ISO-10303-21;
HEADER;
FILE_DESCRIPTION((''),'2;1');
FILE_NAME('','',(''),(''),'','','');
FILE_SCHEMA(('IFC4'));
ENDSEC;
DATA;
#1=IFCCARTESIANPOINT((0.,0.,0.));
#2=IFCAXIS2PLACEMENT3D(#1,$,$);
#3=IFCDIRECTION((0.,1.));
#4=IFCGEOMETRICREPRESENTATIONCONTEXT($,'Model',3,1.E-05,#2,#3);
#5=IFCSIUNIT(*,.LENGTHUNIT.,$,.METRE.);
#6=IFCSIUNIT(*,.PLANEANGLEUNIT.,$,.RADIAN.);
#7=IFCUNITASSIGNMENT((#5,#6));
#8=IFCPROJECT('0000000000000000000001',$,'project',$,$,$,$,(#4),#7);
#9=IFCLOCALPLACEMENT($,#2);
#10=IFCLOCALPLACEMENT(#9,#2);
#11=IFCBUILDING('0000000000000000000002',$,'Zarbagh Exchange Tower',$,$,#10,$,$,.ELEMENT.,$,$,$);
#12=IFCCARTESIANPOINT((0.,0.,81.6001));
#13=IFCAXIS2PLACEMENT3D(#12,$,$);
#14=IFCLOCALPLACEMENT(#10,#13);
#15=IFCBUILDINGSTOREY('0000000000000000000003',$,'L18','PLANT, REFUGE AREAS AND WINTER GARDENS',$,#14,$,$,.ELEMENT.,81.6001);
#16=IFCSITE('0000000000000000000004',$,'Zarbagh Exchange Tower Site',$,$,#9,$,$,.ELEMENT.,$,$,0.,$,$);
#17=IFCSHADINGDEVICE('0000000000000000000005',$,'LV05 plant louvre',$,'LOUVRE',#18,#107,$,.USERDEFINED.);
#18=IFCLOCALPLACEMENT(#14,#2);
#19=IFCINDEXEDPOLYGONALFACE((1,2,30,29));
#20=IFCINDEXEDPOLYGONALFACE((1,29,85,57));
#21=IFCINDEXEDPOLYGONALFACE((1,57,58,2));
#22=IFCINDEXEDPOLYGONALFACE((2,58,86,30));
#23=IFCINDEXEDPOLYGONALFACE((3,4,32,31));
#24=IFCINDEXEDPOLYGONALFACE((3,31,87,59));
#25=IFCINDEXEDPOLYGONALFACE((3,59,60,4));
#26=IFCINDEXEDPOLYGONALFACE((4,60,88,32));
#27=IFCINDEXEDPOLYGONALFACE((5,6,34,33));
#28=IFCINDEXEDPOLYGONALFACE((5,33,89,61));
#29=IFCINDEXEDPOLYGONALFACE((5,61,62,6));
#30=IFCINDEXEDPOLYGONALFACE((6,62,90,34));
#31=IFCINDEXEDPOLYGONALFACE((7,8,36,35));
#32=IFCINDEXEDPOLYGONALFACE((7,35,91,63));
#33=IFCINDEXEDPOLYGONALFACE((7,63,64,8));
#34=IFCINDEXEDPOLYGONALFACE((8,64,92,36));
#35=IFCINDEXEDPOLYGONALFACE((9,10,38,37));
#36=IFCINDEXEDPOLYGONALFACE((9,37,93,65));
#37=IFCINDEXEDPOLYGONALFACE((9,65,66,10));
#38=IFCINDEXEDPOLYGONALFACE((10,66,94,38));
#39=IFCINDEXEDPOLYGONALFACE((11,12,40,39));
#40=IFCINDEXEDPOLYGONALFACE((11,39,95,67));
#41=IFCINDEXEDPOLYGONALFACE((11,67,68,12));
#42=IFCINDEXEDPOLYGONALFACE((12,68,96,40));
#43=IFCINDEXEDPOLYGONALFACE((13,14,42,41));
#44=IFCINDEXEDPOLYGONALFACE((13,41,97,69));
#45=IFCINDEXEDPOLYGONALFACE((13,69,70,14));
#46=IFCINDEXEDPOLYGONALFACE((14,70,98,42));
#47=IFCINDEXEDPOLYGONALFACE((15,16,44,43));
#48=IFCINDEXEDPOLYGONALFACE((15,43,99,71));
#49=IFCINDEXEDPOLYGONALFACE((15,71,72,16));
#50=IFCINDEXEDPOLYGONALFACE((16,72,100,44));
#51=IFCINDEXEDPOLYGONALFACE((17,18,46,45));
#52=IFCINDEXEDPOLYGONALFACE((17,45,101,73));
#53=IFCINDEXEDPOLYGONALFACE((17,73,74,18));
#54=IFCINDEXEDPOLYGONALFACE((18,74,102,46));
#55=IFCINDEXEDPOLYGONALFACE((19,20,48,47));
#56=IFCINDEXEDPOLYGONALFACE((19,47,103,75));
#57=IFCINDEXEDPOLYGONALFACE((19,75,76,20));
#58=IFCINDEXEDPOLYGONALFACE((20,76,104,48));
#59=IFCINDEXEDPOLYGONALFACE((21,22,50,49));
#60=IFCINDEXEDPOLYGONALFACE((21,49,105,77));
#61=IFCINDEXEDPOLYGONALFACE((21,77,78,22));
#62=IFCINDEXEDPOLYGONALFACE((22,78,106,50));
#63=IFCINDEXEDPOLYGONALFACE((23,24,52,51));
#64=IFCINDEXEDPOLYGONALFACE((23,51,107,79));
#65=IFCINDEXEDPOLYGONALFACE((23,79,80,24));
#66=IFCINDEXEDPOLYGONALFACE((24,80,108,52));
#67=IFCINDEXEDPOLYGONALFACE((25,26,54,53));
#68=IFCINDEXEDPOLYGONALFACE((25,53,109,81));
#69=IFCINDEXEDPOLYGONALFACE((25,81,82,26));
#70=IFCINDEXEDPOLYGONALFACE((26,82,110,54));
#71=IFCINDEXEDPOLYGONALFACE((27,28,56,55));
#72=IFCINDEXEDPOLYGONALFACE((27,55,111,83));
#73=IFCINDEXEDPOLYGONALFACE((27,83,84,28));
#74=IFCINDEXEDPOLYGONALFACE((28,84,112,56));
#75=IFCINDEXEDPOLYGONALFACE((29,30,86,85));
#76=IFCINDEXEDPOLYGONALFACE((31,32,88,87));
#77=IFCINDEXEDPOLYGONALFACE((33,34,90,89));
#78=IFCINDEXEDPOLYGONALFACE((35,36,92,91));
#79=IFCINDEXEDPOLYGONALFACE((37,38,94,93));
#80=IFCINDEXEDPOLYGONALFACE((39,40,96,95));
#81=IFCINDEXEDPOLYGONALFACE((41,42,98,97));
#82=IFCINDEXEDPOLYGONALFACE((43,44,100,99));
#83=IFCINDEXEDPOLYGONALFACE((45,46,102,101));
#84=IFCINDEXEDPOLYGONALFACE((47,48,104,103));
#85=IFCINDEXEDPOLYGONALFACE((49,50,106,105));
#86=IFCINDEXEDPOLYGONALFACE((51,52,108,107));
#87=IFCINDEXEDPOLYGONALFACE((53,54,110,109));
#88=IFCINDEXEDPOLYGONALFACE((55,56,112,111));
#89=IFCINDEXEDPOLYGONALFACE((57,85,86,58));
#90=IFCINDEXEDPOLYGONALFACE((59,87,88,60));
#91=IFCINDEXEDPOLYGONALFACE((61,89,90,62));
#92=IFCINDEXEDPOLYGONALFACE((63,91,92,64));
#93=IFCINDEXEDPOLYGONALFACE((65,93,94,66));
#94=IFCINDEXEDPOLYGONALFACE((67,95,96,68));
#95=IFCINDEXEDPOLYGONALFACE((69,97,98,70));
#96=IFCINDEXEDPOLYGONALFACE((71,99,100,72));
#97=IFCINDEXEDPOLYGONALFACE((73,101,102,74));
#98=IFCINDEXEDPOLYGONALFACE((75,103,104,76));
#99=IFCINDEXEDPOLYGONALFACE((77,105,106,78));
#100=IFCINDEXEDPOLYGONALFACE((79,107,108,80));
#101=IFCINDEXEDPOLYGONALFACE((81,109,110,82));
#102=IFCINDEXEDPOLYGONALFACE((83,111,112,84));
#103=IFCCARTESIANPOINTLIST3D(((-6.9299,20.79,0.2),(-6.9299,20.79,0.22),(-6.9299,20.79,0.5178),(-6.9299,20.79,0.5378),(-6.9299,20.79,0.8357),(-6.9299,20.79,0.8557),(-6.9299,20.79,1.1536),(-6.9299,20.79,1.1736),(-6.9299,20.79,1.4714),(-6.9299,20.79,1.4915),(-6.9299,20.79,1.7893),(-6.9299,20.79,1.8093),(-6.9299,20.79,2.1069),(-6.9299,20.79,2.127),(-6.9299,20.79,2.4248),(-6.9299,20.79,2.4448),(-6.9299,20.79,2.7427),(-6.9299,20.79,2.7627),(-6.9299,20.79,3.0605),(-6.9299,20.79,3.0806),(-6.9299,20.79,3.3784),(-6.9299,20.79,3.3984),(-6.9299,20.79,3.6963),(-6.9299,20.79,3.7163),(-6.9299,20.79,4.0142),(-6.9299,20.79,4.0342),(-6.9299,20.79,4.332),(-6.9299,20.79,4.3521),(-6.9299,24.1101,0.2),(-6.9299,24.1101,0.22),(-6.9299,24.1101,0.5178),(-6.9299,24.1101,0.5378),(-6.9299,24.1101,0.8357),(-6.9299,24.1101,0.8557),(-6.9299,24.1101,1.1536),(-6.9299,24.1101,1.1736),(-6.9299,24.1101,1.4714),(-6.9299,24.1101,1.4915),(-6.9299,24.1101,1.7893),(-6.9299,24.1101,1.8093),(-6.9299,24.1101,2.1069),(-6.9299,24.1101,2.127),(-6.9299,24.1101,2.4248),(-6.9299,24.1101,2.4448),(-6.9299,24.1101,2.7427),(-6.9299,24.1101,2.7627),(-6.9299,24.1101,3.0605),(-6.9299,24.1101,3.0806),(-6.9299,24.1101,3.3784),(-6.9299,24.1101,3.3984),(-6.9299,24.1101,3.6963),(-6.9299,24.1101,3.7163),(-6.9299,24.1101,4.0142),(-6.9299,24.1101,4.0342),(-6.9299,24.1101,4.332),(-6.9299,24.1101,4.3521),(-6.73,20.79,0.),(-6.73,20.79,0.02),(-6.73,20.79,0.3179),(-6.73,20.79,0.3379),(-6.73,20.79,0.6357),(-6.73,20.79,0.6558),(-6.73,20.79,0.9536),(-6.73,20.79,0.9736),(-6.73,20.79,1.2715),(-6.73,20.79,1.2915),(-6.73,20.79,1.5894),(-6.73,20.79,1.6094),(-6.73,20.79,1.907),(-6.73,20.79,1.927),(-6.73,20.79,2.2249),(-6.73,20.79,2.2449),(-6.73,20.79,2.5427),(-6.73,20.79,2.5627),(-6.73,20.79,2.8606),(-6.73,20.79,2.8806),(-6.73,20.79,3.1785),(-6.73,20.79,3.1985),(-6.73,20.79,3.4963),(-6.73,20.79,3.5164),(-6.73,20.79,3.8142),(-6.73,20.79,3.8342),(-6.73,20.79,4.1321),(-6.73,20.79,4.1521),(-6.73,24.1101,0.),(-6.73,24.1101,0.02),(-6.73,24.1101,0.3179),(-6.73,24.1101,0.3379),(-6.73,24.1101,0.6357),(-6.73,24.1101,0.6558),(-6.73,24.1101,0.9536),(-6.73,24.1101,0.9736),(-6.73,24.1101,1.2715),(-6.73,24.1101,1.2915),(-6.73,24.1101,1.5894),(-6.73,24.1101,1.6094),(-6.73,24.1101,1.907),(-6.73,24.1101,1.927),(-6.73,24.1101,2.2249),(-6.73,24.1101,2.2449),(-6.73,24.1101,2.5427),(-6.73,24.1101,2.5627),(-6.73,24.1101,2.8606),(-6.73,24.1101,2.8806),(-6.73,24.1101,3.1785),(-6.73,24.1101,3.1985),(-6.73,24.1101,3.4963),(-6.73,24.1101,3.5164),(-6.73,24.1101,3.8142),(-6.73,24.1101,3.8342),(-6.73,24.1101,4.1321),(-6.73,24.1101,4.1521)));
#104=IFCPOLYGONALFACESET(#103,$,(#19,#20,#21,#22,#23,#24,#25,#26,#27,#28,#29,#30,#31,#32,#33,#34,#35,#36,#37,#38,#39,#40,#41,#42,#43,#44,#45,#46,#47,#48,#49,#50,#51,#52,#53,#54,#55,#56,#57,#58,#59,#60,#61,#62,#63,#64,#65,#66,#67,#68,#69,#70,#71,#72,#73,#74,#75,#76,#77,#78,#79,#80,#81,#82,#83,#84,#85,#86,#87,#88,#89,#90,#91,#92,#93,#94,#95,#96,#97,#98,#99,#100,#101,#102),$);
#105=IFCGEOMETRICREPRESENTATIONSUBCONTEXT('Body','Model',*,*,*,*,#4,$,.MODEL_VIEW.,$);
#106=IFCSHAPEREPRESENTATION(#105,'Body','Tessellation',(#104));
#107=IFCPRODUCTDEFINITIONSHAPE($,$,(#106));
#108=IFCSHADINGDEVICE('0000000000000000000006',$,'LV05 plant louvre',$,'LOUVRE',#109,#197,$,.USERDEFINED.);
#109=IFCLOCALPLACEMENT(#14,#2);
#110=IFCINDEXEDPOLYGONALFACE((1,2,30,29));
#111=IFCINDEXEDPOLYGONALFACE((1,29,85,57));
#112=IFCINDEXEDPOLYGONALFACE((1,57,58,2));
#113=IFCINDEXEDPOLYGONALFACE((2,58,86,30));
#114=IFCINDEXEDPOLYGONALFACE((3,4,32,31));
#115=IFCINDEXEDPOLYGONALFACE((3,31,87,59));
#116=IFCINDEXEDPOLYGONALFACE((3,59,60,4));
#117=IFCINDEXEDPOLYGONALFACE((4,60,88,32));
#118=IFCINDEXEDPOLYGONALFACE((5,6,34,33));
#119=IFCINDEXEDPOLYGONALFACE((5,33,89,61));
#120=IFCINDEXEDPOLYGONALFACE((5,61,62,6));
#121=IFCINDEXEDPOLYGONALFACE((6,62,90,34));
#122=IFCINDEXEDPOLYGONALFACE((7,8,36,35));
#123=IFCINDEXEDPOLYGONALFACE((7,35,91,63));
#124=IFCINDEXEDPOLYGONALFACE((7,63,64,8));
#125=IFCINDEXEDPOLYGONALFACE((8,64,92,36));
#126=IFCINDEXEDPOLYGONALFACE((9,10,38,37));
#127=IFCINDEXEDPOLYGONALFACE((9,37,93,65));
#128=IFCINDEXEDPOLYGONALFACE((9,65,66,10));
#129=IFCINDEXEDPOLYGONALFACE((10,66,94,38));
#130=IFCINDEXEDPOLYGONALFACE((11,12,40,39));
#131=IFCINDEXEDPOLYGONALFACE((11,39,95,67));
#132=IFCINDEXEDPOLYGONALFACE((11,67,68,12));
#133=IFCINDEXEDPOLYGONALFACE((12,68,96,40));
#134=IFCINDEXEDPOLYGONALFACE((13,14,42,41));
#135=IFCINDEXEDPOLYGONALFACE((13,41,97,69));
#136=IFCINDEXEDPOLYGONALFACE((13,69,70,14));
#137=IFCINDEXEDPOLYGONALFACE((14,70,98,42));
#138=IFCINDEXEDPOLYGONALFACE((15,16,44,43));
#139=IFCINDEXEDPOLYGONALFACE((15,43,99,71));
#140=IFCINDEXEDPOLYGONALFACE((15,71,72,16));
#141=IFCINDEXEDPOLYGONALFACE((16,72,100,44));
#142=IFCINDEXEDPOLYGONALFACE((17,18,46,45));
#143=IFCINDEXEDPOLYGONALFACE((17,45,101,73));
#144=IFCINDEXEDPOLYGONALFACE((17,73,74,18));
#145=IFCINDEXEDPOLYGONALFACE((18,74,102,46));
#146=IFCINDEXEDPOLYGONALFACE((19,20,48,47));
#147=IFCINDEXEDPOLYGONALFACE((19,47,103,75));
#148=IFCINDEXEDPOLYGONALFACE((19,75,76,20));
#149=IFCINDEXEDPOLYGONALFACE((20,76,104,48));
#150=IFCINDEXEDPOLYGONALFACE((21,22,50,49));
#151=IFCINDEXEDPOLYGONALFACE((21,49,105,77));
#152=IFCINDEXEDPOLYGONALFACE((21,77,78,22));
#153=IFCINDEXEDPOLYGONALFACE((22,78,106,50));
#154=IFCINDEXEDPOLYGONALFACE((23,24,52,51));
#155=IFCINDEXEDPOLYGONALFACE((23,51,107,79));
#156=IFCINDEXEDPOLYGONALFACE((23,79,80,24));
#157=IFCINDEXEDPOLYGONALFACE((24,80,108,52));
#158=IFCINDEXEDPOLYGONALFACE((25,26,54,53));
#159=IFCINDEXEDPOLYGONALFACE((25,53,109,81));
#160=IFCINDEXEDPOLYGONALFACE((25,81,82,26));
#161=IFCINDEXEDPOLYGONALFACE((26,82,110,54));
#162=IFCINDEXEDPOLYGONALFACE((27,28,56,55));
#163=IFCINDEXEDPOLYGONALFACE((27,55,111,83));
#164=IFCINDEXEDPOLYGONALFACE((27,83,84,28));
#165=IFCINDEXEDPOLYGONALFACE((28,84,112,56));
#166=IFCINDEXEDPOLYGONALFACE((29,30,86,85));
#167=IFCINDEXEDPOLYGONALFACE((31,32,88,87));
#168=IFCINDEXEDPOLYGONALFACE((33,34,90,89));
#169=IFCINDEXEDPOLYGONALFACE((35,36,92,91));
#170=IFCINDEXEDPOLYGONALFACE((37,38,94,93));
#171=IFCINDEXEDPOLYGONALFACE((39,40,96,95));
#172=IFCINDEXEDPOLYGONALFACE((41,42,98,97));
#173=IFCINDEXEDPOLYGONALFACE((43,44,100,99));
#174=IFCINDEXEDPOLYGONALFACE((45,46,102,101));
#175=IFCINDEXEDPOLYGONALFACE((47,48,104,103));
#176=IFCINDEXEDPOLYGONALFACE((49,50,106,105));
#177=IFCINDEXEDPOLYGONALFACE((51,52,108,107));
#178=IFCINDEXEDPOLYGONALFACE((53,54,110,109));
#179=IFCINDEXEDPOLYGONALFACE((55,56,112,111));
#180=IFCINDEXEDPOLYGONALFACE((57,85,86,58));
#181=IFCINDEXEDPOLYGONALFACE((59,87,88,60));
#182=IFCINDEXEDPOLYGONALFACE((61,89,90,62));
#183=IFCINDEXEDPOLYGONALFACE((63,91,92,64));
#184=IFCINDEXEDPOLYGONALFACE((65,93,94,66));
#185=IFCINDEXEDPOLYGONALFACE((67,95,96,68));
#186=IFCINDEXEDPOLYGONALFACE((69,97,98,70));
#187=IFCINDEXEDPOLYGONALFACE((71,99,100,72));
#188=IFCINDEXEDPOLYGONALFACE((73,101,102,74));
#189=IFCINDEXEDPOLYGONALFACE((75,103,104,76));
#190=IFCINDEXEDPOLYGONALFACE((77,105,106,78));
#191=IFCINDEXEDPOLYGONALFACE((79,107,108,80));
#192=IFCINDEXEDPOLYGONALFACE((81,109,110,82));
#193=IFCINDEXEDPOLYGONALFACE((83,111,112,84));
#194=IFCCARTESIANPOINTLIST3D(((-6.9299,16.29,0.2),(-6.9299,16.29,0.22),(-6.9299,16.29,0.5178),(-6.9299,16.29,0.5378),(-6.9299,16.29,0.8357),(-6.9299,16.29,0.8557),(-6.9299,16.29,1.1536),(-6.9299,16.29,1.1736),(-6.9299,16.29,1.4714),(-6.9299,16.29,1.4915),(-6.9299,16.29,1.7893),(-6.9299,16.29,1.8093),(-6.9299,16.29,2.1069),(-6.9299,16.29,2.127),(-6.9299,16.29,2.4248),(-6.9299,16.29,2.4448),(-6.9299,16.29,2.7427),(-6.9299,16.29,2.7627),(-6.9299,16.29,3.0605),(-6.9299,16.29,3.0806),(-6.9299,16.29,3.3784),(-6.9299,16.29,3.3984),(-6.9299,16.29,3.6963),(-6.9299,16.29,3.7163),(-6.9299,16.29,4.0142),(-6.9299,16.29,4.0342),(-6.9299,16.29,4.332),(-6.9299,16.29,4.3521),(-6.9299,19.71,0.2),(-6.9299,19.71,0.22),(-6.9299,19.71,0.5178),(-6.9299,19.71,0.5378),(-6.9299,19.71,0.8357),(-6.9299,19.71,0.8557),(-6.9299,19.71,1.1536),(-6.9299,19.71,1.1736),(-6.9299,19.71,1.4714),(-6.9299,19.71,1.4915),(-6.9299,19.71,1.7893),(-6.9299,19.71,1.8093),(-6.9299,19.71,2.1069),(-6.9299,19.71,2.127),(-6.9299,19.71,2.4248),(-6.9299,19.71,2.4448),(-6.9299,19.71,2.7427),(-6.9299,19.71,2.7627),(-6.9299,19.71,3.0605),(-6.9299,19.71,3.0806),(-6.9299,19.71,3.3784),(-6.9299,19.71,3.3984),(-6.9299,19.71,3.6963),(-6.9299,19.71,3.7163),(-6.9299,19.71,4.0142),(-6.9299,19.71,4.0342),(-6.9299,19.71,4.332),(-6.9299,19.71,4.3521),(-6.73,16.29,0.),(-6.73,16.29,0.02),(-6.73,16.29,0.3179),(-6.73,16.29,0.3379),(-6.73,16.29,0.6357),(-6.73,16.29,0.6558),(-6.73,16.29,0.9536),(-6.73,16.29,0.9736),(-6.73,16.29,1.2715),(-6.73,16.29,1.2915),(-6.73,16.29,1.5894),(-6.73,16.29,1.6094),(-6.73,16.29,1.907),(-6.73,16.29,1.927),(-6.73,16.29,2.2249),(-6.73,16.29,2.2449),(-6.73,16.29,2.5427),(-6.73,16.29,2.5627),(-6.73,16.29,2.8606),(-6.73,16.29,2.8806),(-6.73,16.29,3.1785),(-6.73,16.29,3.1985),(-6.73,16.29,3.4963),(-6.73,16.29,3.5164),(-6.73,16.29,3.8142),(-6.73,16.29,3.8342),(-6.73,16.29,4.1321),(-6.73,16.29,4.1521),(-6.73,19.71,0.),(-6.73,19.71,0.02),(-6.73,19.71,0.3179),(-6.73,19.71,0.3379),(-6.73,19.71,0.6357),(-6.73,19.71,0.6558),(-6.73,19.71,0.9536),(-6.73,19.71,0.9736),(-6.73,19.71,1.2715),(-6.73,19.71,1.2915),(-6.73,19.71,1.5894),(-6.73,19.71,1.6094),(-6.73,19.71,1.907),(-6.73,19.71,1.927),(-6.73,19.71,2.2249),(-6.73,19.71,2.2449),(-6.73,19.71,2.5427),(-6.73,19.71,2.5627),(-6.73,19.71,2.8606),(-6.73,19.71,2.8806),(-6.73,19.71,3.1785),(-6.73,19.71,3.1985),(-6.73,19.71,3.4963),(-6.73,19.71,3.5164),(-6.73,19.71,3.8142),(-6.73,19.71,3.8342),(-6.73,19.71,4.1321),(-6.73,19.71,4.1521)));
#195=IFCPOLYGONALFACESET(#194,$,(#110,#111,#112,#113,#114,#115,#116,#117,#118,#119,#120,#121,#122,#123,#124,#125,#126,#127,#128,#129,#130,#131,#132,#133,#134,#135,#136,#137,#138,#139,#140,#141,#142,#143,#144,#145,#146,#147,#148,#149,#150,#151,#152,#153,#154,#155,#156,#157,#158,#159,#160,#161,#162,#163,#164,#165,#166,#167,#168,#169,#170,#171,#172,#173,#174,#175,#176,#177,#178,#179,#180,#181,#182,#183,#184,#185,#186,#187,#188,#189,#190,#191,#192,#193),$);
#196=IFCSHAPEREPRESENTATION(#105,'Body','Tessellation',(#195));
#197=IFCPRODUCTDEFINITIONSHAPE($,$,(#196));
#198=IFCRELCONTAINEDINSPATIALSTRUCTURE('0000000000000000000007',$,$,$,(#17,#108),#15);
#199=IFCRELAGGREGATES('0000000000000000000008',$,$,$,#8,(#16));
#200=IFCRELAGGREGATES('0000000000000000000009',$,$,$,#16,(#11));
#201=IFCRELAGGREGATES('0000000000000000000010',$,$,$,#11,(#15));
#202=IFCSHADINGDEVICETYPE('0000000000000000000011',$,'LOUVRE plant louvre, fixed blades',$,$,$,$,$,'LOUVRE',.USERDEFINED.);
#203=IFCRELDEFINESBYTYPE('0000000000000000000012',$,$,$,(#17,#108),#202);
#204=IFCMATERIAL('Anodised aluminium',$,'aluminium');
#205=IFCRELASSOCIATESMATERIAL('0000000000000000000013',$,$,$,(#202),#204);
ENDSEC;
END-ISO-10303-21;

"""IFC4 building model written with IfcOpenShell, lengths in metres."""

from ifc_helpers import new_model, si_unit, direction, frame, origin, place, context, subcontext, project, spatial, polyline, outline, extrude, source, transform, mapped, material, type_object, element, save


model = new_model("IFC4")

# Units and contexts
model_context = context("Model", 3, precision=1e-05, world=origin(), true_north=direction((0.0, 1.0)))
body_context = subcontext(model_context, "Body", "Model", "MODEL_VIEW")
ifc_project = project(units=[si_unit("LENGTHUNIT", "METRE"), si_unit("PLANEANGLEUNIT", "RADIAN")], contexts=[model_context])

# Site, building, storey
site_placement = place(None, origin())
site = spatial("IfcSite", under=ifc_project, at=site_placement, Name="Zarbagh Exchange Tower Site", CompositionType="ELEMENT", RefElevation=0.0)
building_placement = place(site_placement, origin())
building = spatial("IfcBuilding", under=site, at=building_placement, Name="Zarbagh Exchange Tower", CompositionType="ELEMENT")
storey_placement = place(building_placement, frame((0.0, 0.0, 81.6001)))
storey = spatial("IfcBuildingStorey", under=building, at=storey_placement, Name="L18", Description="PLANT, REFUGE AREAS AND WINTER GARDENS", CompositionType="ELEMENT", Elevation=81.6001)

# Shared definitions
placement = place(storey_placement, origin())

# Shading devices
ifc_material_1 = material(Name="Anodised aluminium", Category="aluminium")
shading_device_type = type_object("IfcShadingDeviceType", Name="LOUVRE plant louvre, fixed blades", ElementType="LOUVRE", PredefinedType="USERDEFINED", material=ifc_material_1)
shared_shape_1 = source(origin(), body_context, "Body", "SweptSolid", [
    extrude(outline(polyline([(0.0, 0.2), (0.2, 0.0), (0.2, -0.02), (0.0, 0.1799), (0.0, 0.2)])), origin(), (0.0, 0.0, 1.0), 3.3201),
])
element("IfcShadingDevice", 1, at=placement, inside=storey, type_object=shading_device_type, Name="LV05 plant louvre", ObjectType="LOUVRE", PredefinedType="USERDEFINED", context=body_context, shape_type="MappedRepresentation", body=[
    mapped(shared_shape_1, transform((-6.73, 24.1101, 0.2), x_axis=(-1.0, 0.0, 0.0), y_axis=(0.0, 0.0, -1.0), z_axis=(0.0, -1.0, 0.0))),
    mapped(shared_shape_1, transform((-6.73, 24.1101, 0.5178), x_axis=(-1.0, 0.0, 0.0), y_axis=(0.0, 0.0, -1.0), z_axis=(0.0, -1.0, 0.0))),
    mapped(shared_shape_1, transform((-6.73, 24.1101, 0.8357), x_axis=(-1.0, 0.0, 0.0), y_axis=(0.0, 0.0, -1.0), z_axis=(0.0, -1.0, 0.0))),
    mapped(shared_shape_1, transform((-6.73, 24.1101, 1.1536), x_axis=(-1.0, 0.0, 0.0), y_axis=(0.0, 0.0, -1.0), z_axis=(0.0, -1.0, 0.0))),
    mapped(shared_shape_1, transform((-6.73, 24.1101, 1.4714), x_axis=(-1.0, 0.0, 0.0), y_axis=(0.0, 0.0, -1.0), z_axis=(0.0, -1.0, 0.0))),
    mapped(shared_shape_1, transform((-6.73, 24.1101, 1.7893), x_axis=(-1.0, 0.0, 0.0), y_axis=(0.0, 0.0, -1.0), z_axis=(0.0, -1.0, 0.0))),
    mapped(shared_shape_1, transform((-6.73, 24.1101, 2.1069), x_axis=(-1.0, 0.0, 0.0), y_axis=(0.0, 0.0, -1.0), z_axis=(0.0, -1.0, 0.0))),
    mapped(shared_shape_1, transform((-6.73, 24.1101, 2.4248), x_axis=(-1.0, 0.0, 0.0), y_axis=(0.0, 0.0, -1.0), z_axis=(0.0, -1.0, 0.0))),
    mapped(shared_shape_1, transform((-6.73, 24.1101, 2.7427), x_axis=(-1.0, 0.0, 0.0), y_axis=(0.0, 0.0, -1.0), z_axis=(0.0, -1.0, 0.0))),
    mapped(shared_shape_1, transform((-6.73, 24.1101, 3.0605), x_axis=(-1.0, 0.0, 0.0), y_axis=(0.0, 0.0, -1.0), z_axis=(0.0, -1.0, 0.0))),
    mapped(shared_shape_1, transform((-6.73, 24.1101, 3.3784), x_axis=(-1.0, 0.0, 0.0), y_axis=(0.0, 0.0, -1.0), z_axis=(0.0, -1.0, 0.0))),
    mapped(shared_shape_1, transform((-6.73, 24.1101, 3.6963), x_axis=(-1.0, 0.0, 0.0), y_axis=(0.0, 0.0, -1.0), z_axis=(0.0, -1.0, 0.0))),
    mapped(shared_shape_1, transform((-6.73, 24.1101, 4.0142), x_axis=(-1.0, 0.0, 0.0), y_axis=(0.0, 0.0, -1.0), z_axis=(0.0, -1.0, 0.0))),
    mapped(shared_shape_1, transform((-6.73, 24.1101, 4.332), x_axis=(-1.0, 0.0, 0.0), y_axis=(0.0, 0.0, -1.0), z_axis=(0.0, -1.0, 0.0))),
])
shared_shape_2 = source(origin(), body_context, "Body", "SweptSolid", [
    extrude(outline(polyline([(0.0, 0.2), (0.2, 0.0), (0.2, -0.02), (0.0, 0.1799), (0.0, 0.2)])), origin(), (0.0, 0.0, 1.0), 3.4199),
])
element("IfcShadingDevice", 2, at=placement, inside=storey, type_object=shading_device_type, Name="LV05 plant louvre", ObjectType="LOUVRE", PredefinedType="USERDEFINED", context=body_context, shape_type="MappedRepresentation", body=[
    mapped(shared_shape_2, transform((-6.73, 19.71, 0.2), x_axis=(-1.0, 0.0, 0.0), y_axis=(0.0, 0.0, -1.0), z_axis=(0.0, -1.0, 0.0))),
    mapped(shared_shape_2, transform((-6.73, 19.71, 0.5178), x_axis=(-1.0, 0.0, 0.0), y_axis=(0.0, 0.0, -1.0), z_axis=(0.0, -1.0, 0.0))),
    mapped(shared_shape_2, transform((-6.73, 19.71, 0.8357), x_axis=(-1.0, 0.0, 0.0), y_axis=(0.0, 0.0, -1.0), z_axis=(0.0, -1.0, 0.0))),
    mapped(shared_shape_2, transform((-6.73, 19.71, 1.1536), x_axis=(-1.0, 0.0, 0.0), y_axis=(0.0, 0.0, -1.0), z_axis=(0.0, -1.0, 0.0))),
    mapped(shared_shape_2, transform((-6.73, 19.71, 1.4714), x_axis=(-1.0, 0.0, 0.0), y_axis=(0.0, 0.0, -1.0), z_axis=(0.0, -1.0, 0.0))),
    mapped(shared_shape_2, transform((-6.73, 19.71, 1.7893), x_axis=(-1.0, 0.0, 0.0), y_axis=(0.0, 0.0, -1.0), z_axis=(0.0, -1.0, 0.0))),
    mapped(shared_shape_2, transform((-6.73, 19.71, 2.1069), x_axis=(-1.0, 0.0, 0.0), y_axis=(0.0, 0.0, -1.0), z_axis=(0.0, -1.0, 0.0))),
    mapped(shared_shape_2, transform((-6.73, 19.71, 2.4248), x_axis=(-1.0, 0.0, 0.0), y_axis=(0.0, 0.0, -1.0), z_axis=(0.0, -1.0, 0.0))),
    mapped(shared_shape_2, transform((-6.73, 19.71, 2.7427), x_axis=(-1.0, 0.0, 0.0), y_axis=(0.0, 0.0, -1.0), z_axis=(0.0, -1.0, 0.0))),
    mapped(shared_shape_2, transform((-6.73, 19.71, 3.0605), x_axis=(-1.0, 0.0, 0.0), y_axis=(0.0, 0.0, -1.0), z_axis=(0.0, -1.0, 0.0))),
    mapped(shared_shape_2, transform((-6.73, 19.71, 3.3784), x_axis=(-1.0, 0.0, 0.0), y_axis=(0.0, 0.0, -1.0), z_axis=(0.0, -1.0, 0.0))),
    mapped(shared_shape_2, transform((-6.73, 19.71, 3.6963), x_axis=(-1.0, 0.0, 0.0), y_axis=(0.0, 0.0, -1.0), z_axis=(0.0, -1.0, 0.0))),
    mapped(shared_shape_2, transform((-6.73, 19.71, 4.0142), x_axis=(-1.0, 0.0, 0.0), y_axis=(0.0, 0.0, -1.0), z_axis=(0.0, -1.0, 0.0))),
    mapped(shared_shape_2, transform((-6.73, 19.71, 4.332), x_axis=(-1.0, 0.0, 0.0), y_axis=(0.0, 0.0, -1.0), z_axis=(0.0, -1.0, 0.0))),
])

save(model, "model.ifc")
